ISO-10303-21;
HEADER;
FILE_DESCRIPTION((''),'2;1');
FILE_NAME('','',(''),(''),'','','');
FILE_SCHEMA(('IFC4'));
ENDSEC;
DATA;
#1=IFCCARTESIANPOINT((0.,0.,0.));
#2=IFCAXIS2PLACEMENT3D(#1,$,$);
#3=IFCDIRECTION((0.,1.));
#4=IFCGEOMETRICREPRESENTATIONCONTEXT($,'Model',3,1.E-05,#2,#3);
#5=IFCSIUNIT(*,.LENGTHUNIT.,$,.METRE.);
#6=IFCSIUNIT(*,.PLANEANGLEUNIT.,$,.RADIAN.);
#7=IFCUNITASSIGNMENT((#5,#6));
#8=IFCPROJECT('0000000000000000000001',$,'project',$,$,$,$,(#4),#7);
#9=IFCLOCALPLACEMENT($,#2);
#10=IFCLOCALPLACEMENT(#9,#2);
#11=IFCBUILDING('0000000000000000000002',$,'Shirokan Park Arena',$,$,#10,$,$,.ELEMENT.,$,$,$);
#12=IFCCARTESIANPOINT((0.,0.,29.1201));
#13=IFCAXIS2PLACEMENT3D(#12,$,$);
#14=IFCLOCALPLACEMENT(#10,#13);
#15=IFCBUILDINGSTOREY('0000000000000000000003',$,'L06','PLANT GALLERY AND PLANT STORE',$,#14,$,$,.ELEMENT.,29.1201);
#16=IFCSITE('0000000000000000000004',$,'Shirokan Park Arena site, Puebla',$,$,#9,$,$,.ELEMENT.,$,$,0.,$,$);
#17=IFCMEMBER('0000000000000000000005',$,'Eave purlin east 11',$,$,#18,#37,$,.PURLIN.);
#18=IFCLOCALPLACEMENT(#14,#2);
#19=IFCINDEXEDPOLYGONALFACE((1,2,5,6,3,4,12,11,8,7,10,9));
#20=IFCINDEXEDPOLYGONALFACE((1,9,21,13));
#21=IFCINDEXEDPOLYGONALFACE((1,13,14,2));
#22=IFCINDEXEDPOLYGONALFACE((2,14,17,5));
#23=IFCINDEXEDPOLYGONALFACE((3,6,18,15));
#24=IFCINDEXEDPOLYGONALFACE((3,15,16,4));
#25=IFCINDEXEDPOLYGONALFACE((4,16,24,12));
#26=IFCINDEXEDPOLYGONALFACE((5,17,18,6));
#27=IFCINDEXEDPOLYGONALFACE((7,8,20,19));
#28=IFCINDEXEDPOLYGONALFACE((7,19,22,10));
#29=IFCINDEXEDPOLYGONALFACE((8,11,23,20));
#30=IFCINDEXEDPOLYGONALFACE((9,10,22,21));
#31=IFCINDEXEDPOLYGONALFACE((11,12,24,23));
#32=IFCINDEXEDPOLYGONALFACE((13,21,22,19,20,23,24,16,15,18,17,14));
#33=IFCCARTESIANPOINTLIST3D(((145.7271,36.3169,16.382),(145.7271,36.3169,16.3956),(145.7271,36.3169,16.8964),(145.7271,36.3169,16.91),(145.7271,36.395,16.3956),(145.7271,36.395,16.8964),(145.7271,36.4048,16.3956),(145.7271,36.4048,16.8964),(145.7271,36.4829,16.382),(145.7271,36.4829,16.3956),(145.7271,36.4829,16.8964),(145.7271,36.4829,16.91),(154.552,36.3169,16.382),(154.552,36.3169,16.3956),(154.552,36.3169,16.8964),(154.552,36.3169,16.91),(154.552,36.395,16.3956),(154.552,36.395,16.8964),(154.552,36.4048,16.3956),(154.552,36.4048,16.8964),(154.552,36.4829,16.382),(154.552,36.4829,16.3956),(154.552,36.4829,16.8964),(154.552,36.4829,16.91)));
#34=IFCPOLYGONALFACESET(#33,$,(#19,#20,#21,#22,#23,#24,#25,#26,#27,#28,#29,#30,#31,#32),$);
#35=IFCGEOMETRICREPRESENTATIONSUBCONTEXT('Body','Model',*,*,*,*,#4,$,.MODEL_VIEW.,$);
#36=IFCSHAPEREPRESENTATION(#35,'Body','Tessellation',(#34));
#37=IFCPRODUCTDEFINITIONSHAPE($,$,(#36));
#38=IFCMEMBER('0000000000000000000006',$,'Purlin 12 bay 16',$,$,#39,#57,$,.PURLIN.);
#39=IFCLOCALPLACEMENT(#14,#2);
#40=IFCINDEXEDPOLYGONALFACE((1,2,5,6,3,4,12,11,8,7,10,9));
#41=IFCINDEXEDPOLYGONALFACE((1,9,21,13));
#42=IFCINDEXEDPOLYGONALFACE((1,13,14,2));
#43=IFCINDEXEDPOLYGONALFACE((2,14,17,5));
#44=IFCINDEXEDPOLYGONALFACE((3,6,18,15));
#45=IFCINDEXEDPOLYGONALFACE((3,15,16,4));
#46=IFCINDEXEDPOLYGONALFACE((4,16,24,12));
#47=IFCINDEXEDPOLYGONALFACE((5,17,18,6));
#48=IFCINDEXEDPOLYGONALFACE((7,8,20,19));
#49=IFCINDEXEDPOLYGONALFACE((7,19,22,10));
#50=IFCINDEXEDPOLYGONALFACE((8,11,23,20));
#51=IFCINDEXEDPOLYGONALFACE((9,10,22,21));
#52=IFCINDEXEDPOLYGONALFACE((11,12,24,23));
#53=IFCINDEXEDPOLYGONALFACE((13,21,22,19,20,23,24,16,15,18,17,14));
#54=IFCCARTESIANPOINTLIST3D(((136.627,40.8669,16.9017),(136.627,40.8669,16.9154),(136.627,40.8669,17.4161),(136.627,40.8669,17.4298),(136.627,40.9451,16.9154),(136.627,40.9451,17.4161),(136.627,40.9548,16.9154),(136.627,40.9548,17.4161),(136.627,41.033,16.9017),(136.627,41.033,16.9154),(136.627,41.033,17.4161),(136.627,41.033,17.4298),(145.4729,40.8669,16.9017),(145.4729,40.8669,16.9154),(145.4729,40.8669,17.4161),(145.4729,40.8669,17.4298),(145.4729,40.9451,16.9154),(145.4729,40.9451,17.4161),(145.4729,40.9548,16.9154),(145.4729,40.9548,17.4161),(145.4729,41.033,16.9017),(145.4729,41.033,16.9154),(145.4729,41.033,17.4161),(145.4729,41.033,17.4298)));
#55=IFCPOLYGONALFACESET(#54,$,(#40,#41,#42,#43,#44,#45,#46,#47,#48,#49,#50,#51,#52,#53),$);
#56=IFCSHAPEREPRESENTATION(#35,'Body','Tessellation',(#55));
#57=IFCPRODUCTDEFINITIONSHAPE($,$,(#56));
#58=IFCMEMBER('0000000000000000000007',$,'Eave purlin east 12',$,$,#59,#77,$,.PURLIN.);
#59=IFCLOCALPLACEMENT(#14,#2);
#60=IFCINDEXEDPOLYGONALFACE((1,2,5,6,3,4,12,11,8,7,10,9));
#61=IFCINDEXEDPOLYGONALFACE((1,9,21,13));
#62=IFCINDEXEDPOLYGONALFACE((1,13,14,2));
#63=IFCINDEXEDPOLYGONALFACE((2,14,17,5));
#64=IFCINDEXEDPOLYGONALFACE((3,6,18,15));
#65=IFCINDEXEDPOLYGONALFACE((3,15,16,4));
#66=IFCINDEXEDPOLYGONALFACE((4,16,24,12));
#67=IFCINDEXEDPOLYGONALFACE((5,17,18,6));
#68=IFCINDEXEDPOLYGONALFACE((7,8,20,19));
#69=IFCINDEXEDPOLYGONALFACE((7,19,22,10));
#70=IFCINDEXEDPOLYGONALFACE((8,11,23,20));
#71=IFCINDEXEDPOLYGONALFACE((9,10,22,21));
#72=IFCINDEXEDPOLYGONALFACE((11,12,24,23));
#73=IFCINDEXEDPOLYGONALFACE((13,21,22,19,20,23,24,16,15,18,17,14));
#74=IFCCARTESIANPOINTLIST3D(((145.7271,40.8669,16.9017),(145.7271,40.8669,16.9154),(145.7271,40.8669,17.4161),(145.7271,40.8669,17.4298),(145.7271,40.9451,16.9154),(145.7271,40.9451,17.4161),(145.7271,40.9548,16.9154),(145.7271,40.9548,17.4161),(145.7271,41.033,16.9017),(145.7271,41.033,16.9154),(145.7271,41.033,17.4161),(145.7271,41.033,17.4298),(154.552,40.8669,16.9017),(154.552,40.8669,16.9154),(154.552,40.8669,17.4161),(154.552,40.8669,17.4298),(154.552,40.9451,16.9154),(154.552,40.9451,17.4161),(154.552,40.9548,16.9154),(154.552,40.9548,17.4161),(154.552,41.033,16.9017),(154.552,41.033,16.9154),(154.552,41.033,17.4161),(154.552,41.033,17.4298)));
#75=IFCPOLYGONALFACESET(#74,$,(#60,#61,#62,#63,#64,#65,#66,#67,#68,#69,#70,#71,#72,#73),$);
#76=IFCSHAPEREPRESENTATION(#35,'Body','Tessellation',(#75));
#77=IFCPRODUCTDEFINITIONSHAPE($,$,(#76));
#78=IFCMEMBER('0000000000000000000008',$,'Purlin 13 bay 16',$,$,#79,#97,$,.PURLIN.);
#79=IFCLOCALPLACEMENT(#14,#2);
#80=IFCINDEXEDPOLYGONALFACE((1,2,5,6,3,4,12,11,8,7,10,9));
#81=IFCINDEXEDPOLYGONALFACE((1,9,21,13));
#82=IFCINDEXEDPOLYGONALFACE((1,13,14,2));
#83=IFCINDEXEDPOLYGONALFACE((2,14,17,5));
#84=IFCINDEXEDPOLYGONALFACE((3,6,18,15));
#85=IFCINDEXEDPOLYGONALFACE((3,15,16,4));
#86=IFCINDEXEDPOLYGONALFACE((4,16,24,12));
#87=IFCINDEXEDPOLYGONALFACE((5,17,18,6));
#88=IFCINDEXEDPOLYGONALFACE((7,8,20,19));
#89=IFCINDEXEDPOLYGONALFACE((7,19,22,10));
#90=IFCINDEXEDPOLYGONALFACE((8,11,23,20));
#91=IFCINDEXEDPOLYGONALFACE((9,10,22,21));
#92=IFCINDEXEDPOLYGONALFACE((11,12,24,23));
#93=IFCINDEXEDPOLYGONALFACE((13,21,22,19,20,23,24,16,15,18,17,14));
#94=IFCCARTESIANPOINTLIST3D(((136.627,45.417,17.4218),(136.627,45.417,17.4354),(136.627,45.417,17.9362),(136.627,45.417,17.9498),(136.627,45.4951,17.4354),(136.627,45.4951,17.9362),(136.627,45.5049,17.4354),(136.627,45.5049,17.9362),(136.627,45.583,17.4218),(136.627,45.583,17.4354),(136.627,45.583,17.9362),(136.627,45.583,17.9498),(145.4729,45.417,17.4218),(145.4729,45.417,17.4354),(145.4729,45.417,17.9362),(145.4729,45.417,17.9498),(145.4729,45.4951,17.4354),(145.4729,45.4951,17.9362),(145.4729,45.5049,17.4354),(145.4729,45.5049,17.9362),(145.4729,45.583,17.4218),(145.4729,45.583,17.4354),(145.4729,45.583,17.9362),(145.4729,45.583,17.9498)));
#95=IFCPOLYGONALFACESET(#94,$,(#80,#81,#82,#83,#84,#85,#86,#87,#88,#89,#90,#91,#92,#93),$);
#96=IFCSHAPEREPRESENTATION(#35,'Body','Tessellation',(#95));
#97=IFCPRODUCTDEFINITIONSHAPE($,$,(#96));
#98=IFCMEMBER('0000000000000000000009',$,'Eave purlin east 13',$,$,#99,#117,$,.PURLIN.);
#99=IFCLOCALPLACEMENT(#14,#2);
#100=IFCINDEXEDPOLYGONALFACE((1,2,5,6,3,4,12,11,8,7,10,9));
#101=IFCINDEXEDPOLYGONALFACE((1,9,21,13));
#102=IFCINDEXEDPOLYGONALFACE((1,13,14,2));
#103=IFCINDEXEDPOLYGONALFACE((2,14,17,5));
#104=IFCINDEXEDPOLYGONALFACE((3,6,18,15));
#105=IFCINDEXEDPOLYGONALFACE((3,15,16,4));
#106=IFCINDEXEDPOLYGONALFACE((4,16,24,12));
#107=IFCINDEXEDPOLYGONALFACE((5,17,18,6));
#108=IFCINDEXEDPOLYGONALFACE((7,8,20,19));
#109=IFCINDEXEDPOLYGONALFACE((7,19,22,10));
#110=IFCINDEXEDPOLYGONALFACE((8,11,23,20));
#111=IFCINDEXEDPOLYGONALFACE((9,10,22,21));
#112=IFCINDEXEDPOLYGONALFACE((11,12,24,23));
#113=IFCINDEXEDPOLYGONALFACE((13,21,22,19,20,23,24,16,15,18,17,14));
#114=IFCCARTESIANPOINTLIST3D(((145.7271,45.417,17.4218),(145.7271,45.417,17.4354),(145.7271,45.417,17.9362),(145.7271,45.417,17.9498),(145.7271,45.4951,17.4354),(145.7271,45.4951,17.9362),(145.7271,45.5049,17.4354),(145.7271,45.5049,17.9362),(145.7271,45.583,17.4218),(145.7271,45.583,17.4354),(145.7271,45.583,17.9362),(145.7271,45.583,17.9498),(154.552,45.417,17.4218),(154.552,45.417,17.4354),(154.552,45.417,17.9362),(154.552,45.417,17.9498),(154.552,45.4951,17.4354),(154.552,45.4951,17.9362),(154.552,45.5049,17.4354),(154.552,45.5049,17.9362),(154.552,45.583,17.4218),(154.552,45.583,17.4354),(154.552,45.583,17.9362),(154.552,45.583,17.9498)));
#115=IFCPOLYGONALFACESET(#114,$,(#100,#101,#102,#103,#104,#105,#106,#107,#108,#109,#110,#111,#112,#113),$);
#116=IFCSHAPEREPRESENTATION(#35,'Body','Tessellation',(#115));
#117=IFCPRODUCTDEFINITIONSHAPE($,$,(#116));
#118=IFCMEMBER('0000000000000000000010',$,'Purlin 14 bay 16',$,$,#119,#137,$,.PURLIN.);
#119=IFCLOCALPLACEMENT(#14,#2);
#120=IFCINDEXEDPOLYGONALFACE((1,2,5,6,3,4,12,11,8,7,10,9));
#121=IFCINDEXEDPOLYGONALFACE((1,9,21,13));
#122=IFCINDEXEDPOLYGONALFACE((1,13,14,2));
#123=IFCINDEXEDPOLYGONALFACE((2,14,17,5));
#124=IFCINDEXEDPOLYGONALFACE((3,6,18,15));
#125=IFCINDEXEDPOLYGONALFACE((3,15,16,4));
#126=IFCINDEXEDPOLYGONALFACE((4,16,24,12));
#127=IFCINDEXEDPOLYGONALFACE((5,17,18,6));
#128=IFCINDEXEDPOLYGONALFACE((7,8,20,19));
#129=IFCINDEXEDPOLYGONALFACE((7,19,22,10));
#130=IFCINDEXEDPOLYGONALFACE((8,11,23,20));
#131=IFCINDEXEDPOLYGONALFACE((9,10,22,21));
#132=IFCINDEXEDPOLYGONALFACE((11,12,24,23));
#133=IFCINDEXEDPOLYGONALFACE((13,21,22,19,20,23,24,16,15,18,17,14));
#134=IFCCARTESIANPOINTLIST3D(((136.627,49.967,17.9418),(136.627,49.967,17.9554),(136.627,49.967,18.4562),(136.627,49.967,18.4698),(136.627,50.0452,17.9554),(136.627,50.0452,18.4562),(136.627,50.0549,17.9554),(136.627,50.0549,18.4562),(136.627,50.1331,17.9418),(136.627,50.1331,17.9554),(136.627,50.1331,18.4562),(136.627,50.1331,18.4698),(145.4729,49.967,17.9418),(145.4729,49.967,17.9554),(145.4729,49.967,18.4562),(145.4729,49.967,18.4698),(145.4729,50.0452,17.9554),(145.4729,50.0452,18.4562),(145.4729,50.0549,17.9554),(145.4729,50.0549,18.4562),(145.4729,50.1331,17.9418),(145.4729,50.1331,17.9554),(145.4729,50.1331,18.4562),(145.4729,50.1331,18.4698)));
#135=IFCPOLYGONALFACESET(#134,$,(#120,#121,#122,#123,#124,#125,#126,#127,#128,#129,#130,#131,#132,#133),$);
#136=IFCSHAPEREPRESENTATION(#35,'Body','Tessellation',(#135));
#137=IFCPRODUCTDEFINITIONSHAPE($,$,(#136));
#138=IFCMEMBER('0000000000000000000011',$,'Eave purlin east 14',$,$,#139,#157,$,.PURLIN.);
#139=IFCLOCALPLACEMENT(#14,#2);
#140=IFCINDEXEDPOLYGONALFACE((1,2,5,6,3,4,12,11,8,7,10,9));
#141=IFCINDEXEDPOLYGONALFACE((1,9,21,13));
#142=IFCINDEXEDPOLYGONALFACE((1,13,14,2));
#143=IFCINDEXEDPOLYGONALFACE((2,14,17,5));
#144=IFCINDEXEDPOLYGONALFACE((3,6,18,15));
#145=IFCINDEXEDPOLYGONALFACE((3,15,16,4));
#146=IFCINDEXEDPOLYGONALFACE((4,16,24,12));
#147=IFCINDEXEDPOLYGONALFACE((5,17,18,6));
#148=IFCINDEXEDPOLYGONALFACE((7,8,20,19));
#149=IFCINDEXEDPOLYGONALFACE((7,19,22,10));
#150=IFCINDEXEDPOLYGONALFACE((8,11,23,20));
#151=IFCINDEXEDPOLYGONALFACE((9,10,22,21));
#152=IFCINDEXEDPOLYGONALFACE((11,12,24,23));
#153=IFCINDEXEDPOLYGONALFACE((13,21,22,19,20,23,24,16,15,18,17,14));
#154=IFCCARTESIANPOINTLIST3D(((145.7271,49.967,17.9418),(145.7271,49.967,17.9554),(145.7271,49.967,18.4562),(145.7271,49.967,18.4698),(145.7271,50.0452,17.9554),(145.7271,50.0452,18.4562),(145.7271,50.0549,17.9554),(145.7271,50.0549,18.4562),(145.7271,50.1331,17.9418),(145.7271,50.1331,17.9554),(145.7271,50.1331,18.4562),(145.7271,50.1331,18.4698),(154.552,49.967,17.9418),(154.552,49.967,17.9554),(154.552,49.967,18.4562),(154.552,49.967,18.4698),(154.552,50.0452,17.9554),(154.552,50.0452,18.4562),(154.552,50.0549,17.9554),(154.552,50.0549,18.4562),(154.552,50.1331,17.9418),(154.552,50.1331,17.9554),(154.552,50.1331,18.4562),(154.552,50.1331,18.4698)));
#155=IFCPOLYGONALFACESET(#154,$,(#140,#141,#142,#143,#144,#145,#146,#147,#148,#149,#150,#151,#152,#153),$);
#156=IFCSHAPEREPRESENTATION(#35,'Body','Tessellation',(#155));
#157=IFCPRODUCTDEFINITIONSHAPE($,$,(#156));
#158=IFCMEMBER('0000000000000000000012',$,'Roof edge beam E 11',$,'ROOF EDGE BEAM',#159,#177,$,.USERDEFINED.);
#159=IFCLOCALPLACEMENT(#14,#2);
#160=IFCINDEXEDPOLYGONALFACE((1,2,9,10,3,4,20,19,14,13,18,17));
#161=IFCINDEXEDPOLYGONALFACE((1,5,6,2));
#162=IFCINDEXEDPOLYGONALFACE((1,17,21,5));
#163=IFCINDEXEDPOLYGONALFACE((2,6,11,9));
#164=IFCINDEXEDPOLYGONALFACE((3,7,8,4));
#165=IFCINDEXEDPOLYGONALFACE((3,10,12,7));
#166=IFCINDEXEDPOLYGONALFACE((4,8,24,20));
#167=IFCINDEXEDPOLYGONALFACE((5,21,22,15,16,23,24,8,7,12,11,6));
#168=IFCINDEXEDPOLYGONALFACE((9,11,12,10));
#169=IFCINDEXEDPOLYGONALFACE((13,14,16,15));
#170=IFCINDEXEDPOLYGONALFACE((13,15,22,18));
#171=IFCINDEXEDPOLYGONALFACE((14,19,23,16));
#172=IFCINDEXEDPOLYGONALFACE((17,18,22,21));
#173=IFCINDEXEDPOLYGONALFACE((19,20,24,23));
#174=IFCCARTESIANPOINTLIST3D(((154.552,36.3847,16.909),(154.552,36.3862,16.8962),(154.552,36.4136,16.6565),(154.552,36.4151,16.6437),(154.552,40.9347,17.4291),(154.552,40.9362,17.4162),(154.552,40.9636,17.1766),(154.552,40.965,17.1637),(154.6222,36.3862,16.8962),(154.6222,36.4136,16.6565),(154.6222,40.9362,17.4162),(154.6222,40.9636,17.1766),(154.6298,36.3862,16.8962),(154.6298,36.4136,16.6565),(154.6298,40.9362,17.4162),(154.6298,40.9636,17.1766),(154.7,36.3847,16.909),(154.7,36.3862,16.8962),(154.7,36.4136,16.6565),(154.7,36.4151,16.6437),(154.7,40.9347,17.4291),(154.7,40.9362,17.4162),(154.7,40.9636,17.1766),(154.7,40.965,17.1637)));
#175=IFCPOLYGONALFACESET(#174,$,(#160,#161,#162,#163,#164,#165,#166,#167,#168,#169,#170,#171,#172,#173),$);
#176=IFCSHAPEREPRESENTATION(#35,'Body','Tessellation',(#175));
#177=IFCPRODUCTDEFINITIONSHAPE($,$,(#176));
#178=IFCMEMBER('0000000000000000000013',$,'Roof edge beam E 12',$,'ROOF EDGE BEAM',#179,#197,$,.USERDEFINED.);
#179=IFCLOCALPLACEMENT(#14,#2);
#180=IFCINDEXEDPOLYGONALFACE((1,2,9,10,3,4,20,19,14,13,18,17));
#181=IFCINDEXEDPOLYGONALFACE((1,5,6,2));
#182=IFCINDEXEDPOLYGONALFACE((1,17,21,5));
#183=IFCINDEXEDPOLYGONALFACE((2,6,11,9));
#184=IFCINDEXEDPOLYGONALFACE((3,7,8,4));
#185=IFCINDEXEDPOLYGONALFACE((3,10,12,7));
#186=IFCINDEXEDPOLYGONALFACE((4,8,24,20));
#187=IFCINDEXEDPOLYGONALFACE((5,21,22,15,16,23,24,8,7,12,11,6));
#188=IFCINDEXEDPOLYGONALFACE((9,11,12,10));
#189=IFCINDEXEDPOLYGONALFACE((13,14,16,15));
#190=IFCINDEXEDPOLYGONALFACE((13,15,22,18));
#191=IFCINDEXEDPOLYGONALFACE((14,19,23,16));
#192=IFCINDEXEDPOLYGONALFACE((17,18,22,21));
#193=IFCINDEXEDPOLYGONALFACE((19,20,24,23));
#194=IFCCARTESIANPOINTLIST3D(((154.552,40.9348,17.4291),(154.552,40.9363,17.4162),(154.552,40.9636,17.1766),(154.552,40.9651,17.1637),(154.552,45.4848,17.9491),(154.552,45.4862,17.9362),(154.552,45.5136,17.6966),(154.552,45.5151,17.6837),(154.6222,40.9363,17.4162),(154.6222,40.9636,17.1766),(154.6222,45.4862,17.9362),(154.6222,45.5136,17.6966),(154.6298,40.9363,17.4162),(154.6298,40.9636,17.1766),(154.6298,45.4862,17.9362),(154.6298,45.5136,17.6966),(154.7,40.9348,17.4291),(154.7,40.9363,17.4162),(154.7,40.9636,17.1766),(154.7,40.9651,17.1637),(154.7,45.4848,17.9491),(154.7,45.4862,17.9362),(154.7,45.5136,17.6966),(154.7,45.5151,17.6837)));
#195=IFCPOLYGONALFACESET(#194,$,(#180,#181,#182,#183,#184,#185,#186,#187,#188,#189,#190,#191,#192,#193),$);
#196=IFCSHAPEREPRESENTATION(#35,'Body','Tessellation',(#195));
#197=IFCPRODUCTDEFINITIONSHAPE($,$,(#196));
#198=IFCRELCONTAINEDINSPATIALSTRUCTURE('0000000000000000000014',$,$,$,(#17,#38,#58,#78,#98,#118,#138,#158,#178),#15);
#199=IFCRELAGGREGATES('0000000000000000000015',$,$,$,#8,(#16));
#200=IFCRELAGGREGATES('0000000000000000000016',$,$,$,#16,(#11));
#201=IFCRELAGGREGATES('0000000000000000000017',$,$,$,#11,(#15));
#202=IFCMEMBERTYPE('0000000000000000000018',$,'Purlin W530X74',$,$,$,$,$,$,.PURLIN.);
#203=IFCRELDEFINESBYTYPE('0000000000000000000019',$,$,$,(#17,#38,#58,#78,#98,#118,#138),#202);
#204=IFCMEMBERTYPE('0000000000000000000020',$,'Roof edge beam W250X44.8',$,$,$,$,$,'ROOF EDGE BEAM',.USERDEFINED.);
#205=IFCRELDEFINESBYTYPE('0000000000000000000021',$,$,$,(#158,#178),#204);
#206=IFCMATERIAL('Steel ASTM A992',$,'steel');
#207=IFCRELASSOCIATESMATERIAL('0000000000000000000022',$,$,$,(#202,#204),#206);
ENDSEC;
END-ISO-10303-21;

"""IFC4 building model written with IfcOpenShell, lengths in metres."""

from ifc_helpers import new_model, si_unit, direction, frame, origin, origin_2d, place, context, subcontext, project, spatial, i_section, extrude, material, material_profile, profile_set, type_object, element, save


model = new_model("IFC4")

# Units and contexts
model_context = context("Model", 3, precision=1e-05, world=origin(), true_north=direction((0.0, 1.0)))
body_context = subcontext(model_context, "Body", "Model", "MODEL_VIEW")
ifc_project = project(units=[si_unit("LENGTHUNIT", "METRE"), si_unit("PLANEANGLEUNIT", "RADIAN")], contexts=[model_context])

# Site, building, storey
site_placement = place(None, origin())
site = spatial("IfcSite", under=ifc_project, at=site_placement, Name="Shirokan Park Arena site, Puebla", CompositionType="ELEMENT", RefElevation=0.0)
building_placement = place(site_placement, origin())
building = spatial("IfcBuilding", under=site, at=building_placement, Name="Shirokan Park Arena", CompositionType="ELEMENT")
storey_placement = place(building_placement, frame((0.0, 0.0, 29.1201)))
storey = spatial("IfcBuildingStorey", under=building, at=storey_placement, Name="L06", Description="PLANT GALLERY AND PLANT STORE", CompositionType="ELEMENT", Elevation=29.1201)

# Members
ifc_material_1 = material(Name="Steel ASTM A992", Category="steel")
ifc_material_profile_1 = material_profile(ifc_material_1, i_section(OverallWidth=0.166, OverallDepth=0.5281, WebThickness=0.0098, FlangeThickness=0.0137, at=origin_2d()), Name="W530X74")
ifc_profile_set_1 = profile_set([ifc_material_profile_1], Name="Steel ASTM A992")
member_type_1 = type_object("IfcMemberType", Name="Purlin W530X74", PredefinedType="PURLIN", material=ifc_profile_set_1)
member_1_placement = place(storey_placement, frame((145.7271, 36.3999, 16.646), z_axis=(1.0, 0.0, 0.0), x_axis=(0.0, 1.0, 0.0)))
element("IfcMember", 1, at=member_1_placement, inside=storey, type_object=member_type_1, Name="Eave purlin east 11", PredefinedType="PURLIN", context=body_context, shape_type="SweptSolid", body=[
    extrude(i_section(OverallWidth=0.166, OverallDepth=0.5281, WebThickness=0.0098, FlangeThickness=0.0137, at=origin_2d()), origin(), (0.0, 0.0, 1.0), 8.825),
])
member_2_placement = place(storey_placement, frame((136.627, 40.95, 17.1658), z_axis=(1.0, 0.0, 0.0), x_axis=(0.0, 1.0, 0.0)))
element("IfcMember", 2, at=member_2_placement, inside=storey, type_object=member_type_1, Name="Purlin 12 bay 16", PredefinedType="PURLIN", context=body_context, shape_type="SweptSolid", body=[
    extrude(i_section(OverallWidth=0.166, OverallDepth=0.5281, WebThickness=0.0098, FlangeThickness=0.0137, at=origin_2d()), origin(), (0.0, 0.0, 1.0), 8.8459),
])
member_3_placement = place(storey_placement, frame((145.7271, 40.95, 17.1658), z_axis=(1.0, 0.0, 0.0), x_axis=(0.0, 1.0, 0.0)))
element("IfcMember", 3, at=member_3_placement, inside=storey, type_object=member_type_1, Name="Eave purlin east 12", PredefinedType="PURLIN", context=body_context, shape_type="SweptSolid", body=[
    extrude(i_section(OverallWidth=0.166, OverallDepth=0.5281, WebThickness=0.0098, FlangeThickness=0.0137, at=origin_2d()), origin(), (0.0, 0.0, 1.0), 8.825),
])
member_4_placement = place(storey_placement, frame((136.627, 45.5, 17.6858), z_axis=(1.0, 0.0, 0.0), x_axis=(0.0, 1.0, 0.0)))
element("IfcMember", 4, at=member_4_placement, inside=storey, type_object=member_type_1, Name="Purlin 13 bay 16", PredefinedType="PURLIN", context=body_context, shape_type="SweptSolid", body=[
    extrude(i_section(OverallWidth=0.166, OverallDepth=0.5281, WebThickness=0.0098, FlangeThickness=0.0137, at=origin_2d()), origin(), (0.0, 0.0, 1.0), 8.8459),
])
member_5_placement = place(storey_placement, frame((145.7271, 45.5, 17.6858), z_axis=(1.0, 0.0, 0.0), x_axis=(0.0, 1.0, 0.0)))
element("IfcMember", 5, at=member_5_placement, inside=storey, type_object=member_type_1, Name="Eave purlin east 13", PredefinedType="PURLIN", context=body_context, shape_type="SweptSolid", body=[
    extrude(i_section(OverallWidth=0.166, OverallDepth=0.5281, WebThickness=0.0098, FlangeThickness=0.0137, at=origin_2d()), origin(), (0.0, 0.0, 1.0), 8.825),
])
member_6_placement = place(storey_placement, frame((136.627, 50.05, 18.2058), z_axis=(1.0, 0.0, 0.0), x_axis=(0.0, 1.0, 0.0)))
element("IfcMember", 6, at=member_6_placement, inside=storey, type_object=member_type_1, Name="Purlin 14 bay 16", PredefinedType="PURLIN", context=body_context, shape_type="SweptSolid", body=[
    extrude(i_section(OverallWidth=0.166, OverallDepth=0.5281, WebThickness=0.0098, FlangeThickness=0.0137, at=origin_2d()), origin(), (0.0, 0.0, 1.0), 8.8459),
])
member_7_placement = place(storey_placement, frame((145.7271, 50.05, 18.2058), z_axis=(1.0, 0.0, 0.0), x_axis=(0.0, 1.0, 0.0)))
element("IfcMember", 7, at=member_7_placement, inside=storey, type_object=member_type_1, Name="Eave purlin east 14", PredefinedType="PURLIN", context=body_context, shape_type="SweptSolid", body=[
    extrude(i_section(OverallWidth=0.166, OverallDepth=0.5281, WebThickness=0.0098, FlangeThickness=0.0137, at=origin_2d()), origin(), (0.0, 0.0, 1.0), 8.825),
])
ifc_material_profile_2 = material_profile(ifc_material_1, i_section(OverallWidth=0.1479, OverallDepth=0.2671, WebThickness=0.0076, FlangeThickness=0.0129, at=origin_2d()), Name="W250X44.8")
ifc_profile_set_2 = profile_set([ifc_material_profile_2], Name="Steel ASTM A992")
member_type_2 = type_object("IfcMemberType", Name="Roof edge beam W250X44.8", ElementType="ROOF EDGE BEAM", PredefinedType="USERDEFINED", material=ifc_profile_set_2)
for number, where, z_axis, x_axis, name in (
    (8, (154.626, 36.3999, 16.7764), (0.0, 0.993532, 0.11355), (-1.0, 0.0, 0.0), "Roof edge beam E 11"),
    (9, (154.626, 40.95, 17.2964), (0.0, 0.993532, 0.11355), (-1.0, 0.0, 0.0), "Roof edge beam E 12"),
):
    element("IfcMember", number, at=place(storey_placement, frame(where, z_axis=z_axis, x_axis=x_axis)), inside=storey, type_object=member_type_2, Name=name, ObjectType="ROOF EDGE BEAM", PredefinedType="USERDEFINED", context=body_context, shape_type="SweptSolid", body=[
        extrude(i_section(OverallWidth=0.1479, OverallDepth=0.2671, WebThickness=0.0076, FlangeThickness=0.0129, at=origin_2d()), origin(), (0.0, 0.0, 1.0), 4.5796),
    ])

save(model, "model.ifc")
